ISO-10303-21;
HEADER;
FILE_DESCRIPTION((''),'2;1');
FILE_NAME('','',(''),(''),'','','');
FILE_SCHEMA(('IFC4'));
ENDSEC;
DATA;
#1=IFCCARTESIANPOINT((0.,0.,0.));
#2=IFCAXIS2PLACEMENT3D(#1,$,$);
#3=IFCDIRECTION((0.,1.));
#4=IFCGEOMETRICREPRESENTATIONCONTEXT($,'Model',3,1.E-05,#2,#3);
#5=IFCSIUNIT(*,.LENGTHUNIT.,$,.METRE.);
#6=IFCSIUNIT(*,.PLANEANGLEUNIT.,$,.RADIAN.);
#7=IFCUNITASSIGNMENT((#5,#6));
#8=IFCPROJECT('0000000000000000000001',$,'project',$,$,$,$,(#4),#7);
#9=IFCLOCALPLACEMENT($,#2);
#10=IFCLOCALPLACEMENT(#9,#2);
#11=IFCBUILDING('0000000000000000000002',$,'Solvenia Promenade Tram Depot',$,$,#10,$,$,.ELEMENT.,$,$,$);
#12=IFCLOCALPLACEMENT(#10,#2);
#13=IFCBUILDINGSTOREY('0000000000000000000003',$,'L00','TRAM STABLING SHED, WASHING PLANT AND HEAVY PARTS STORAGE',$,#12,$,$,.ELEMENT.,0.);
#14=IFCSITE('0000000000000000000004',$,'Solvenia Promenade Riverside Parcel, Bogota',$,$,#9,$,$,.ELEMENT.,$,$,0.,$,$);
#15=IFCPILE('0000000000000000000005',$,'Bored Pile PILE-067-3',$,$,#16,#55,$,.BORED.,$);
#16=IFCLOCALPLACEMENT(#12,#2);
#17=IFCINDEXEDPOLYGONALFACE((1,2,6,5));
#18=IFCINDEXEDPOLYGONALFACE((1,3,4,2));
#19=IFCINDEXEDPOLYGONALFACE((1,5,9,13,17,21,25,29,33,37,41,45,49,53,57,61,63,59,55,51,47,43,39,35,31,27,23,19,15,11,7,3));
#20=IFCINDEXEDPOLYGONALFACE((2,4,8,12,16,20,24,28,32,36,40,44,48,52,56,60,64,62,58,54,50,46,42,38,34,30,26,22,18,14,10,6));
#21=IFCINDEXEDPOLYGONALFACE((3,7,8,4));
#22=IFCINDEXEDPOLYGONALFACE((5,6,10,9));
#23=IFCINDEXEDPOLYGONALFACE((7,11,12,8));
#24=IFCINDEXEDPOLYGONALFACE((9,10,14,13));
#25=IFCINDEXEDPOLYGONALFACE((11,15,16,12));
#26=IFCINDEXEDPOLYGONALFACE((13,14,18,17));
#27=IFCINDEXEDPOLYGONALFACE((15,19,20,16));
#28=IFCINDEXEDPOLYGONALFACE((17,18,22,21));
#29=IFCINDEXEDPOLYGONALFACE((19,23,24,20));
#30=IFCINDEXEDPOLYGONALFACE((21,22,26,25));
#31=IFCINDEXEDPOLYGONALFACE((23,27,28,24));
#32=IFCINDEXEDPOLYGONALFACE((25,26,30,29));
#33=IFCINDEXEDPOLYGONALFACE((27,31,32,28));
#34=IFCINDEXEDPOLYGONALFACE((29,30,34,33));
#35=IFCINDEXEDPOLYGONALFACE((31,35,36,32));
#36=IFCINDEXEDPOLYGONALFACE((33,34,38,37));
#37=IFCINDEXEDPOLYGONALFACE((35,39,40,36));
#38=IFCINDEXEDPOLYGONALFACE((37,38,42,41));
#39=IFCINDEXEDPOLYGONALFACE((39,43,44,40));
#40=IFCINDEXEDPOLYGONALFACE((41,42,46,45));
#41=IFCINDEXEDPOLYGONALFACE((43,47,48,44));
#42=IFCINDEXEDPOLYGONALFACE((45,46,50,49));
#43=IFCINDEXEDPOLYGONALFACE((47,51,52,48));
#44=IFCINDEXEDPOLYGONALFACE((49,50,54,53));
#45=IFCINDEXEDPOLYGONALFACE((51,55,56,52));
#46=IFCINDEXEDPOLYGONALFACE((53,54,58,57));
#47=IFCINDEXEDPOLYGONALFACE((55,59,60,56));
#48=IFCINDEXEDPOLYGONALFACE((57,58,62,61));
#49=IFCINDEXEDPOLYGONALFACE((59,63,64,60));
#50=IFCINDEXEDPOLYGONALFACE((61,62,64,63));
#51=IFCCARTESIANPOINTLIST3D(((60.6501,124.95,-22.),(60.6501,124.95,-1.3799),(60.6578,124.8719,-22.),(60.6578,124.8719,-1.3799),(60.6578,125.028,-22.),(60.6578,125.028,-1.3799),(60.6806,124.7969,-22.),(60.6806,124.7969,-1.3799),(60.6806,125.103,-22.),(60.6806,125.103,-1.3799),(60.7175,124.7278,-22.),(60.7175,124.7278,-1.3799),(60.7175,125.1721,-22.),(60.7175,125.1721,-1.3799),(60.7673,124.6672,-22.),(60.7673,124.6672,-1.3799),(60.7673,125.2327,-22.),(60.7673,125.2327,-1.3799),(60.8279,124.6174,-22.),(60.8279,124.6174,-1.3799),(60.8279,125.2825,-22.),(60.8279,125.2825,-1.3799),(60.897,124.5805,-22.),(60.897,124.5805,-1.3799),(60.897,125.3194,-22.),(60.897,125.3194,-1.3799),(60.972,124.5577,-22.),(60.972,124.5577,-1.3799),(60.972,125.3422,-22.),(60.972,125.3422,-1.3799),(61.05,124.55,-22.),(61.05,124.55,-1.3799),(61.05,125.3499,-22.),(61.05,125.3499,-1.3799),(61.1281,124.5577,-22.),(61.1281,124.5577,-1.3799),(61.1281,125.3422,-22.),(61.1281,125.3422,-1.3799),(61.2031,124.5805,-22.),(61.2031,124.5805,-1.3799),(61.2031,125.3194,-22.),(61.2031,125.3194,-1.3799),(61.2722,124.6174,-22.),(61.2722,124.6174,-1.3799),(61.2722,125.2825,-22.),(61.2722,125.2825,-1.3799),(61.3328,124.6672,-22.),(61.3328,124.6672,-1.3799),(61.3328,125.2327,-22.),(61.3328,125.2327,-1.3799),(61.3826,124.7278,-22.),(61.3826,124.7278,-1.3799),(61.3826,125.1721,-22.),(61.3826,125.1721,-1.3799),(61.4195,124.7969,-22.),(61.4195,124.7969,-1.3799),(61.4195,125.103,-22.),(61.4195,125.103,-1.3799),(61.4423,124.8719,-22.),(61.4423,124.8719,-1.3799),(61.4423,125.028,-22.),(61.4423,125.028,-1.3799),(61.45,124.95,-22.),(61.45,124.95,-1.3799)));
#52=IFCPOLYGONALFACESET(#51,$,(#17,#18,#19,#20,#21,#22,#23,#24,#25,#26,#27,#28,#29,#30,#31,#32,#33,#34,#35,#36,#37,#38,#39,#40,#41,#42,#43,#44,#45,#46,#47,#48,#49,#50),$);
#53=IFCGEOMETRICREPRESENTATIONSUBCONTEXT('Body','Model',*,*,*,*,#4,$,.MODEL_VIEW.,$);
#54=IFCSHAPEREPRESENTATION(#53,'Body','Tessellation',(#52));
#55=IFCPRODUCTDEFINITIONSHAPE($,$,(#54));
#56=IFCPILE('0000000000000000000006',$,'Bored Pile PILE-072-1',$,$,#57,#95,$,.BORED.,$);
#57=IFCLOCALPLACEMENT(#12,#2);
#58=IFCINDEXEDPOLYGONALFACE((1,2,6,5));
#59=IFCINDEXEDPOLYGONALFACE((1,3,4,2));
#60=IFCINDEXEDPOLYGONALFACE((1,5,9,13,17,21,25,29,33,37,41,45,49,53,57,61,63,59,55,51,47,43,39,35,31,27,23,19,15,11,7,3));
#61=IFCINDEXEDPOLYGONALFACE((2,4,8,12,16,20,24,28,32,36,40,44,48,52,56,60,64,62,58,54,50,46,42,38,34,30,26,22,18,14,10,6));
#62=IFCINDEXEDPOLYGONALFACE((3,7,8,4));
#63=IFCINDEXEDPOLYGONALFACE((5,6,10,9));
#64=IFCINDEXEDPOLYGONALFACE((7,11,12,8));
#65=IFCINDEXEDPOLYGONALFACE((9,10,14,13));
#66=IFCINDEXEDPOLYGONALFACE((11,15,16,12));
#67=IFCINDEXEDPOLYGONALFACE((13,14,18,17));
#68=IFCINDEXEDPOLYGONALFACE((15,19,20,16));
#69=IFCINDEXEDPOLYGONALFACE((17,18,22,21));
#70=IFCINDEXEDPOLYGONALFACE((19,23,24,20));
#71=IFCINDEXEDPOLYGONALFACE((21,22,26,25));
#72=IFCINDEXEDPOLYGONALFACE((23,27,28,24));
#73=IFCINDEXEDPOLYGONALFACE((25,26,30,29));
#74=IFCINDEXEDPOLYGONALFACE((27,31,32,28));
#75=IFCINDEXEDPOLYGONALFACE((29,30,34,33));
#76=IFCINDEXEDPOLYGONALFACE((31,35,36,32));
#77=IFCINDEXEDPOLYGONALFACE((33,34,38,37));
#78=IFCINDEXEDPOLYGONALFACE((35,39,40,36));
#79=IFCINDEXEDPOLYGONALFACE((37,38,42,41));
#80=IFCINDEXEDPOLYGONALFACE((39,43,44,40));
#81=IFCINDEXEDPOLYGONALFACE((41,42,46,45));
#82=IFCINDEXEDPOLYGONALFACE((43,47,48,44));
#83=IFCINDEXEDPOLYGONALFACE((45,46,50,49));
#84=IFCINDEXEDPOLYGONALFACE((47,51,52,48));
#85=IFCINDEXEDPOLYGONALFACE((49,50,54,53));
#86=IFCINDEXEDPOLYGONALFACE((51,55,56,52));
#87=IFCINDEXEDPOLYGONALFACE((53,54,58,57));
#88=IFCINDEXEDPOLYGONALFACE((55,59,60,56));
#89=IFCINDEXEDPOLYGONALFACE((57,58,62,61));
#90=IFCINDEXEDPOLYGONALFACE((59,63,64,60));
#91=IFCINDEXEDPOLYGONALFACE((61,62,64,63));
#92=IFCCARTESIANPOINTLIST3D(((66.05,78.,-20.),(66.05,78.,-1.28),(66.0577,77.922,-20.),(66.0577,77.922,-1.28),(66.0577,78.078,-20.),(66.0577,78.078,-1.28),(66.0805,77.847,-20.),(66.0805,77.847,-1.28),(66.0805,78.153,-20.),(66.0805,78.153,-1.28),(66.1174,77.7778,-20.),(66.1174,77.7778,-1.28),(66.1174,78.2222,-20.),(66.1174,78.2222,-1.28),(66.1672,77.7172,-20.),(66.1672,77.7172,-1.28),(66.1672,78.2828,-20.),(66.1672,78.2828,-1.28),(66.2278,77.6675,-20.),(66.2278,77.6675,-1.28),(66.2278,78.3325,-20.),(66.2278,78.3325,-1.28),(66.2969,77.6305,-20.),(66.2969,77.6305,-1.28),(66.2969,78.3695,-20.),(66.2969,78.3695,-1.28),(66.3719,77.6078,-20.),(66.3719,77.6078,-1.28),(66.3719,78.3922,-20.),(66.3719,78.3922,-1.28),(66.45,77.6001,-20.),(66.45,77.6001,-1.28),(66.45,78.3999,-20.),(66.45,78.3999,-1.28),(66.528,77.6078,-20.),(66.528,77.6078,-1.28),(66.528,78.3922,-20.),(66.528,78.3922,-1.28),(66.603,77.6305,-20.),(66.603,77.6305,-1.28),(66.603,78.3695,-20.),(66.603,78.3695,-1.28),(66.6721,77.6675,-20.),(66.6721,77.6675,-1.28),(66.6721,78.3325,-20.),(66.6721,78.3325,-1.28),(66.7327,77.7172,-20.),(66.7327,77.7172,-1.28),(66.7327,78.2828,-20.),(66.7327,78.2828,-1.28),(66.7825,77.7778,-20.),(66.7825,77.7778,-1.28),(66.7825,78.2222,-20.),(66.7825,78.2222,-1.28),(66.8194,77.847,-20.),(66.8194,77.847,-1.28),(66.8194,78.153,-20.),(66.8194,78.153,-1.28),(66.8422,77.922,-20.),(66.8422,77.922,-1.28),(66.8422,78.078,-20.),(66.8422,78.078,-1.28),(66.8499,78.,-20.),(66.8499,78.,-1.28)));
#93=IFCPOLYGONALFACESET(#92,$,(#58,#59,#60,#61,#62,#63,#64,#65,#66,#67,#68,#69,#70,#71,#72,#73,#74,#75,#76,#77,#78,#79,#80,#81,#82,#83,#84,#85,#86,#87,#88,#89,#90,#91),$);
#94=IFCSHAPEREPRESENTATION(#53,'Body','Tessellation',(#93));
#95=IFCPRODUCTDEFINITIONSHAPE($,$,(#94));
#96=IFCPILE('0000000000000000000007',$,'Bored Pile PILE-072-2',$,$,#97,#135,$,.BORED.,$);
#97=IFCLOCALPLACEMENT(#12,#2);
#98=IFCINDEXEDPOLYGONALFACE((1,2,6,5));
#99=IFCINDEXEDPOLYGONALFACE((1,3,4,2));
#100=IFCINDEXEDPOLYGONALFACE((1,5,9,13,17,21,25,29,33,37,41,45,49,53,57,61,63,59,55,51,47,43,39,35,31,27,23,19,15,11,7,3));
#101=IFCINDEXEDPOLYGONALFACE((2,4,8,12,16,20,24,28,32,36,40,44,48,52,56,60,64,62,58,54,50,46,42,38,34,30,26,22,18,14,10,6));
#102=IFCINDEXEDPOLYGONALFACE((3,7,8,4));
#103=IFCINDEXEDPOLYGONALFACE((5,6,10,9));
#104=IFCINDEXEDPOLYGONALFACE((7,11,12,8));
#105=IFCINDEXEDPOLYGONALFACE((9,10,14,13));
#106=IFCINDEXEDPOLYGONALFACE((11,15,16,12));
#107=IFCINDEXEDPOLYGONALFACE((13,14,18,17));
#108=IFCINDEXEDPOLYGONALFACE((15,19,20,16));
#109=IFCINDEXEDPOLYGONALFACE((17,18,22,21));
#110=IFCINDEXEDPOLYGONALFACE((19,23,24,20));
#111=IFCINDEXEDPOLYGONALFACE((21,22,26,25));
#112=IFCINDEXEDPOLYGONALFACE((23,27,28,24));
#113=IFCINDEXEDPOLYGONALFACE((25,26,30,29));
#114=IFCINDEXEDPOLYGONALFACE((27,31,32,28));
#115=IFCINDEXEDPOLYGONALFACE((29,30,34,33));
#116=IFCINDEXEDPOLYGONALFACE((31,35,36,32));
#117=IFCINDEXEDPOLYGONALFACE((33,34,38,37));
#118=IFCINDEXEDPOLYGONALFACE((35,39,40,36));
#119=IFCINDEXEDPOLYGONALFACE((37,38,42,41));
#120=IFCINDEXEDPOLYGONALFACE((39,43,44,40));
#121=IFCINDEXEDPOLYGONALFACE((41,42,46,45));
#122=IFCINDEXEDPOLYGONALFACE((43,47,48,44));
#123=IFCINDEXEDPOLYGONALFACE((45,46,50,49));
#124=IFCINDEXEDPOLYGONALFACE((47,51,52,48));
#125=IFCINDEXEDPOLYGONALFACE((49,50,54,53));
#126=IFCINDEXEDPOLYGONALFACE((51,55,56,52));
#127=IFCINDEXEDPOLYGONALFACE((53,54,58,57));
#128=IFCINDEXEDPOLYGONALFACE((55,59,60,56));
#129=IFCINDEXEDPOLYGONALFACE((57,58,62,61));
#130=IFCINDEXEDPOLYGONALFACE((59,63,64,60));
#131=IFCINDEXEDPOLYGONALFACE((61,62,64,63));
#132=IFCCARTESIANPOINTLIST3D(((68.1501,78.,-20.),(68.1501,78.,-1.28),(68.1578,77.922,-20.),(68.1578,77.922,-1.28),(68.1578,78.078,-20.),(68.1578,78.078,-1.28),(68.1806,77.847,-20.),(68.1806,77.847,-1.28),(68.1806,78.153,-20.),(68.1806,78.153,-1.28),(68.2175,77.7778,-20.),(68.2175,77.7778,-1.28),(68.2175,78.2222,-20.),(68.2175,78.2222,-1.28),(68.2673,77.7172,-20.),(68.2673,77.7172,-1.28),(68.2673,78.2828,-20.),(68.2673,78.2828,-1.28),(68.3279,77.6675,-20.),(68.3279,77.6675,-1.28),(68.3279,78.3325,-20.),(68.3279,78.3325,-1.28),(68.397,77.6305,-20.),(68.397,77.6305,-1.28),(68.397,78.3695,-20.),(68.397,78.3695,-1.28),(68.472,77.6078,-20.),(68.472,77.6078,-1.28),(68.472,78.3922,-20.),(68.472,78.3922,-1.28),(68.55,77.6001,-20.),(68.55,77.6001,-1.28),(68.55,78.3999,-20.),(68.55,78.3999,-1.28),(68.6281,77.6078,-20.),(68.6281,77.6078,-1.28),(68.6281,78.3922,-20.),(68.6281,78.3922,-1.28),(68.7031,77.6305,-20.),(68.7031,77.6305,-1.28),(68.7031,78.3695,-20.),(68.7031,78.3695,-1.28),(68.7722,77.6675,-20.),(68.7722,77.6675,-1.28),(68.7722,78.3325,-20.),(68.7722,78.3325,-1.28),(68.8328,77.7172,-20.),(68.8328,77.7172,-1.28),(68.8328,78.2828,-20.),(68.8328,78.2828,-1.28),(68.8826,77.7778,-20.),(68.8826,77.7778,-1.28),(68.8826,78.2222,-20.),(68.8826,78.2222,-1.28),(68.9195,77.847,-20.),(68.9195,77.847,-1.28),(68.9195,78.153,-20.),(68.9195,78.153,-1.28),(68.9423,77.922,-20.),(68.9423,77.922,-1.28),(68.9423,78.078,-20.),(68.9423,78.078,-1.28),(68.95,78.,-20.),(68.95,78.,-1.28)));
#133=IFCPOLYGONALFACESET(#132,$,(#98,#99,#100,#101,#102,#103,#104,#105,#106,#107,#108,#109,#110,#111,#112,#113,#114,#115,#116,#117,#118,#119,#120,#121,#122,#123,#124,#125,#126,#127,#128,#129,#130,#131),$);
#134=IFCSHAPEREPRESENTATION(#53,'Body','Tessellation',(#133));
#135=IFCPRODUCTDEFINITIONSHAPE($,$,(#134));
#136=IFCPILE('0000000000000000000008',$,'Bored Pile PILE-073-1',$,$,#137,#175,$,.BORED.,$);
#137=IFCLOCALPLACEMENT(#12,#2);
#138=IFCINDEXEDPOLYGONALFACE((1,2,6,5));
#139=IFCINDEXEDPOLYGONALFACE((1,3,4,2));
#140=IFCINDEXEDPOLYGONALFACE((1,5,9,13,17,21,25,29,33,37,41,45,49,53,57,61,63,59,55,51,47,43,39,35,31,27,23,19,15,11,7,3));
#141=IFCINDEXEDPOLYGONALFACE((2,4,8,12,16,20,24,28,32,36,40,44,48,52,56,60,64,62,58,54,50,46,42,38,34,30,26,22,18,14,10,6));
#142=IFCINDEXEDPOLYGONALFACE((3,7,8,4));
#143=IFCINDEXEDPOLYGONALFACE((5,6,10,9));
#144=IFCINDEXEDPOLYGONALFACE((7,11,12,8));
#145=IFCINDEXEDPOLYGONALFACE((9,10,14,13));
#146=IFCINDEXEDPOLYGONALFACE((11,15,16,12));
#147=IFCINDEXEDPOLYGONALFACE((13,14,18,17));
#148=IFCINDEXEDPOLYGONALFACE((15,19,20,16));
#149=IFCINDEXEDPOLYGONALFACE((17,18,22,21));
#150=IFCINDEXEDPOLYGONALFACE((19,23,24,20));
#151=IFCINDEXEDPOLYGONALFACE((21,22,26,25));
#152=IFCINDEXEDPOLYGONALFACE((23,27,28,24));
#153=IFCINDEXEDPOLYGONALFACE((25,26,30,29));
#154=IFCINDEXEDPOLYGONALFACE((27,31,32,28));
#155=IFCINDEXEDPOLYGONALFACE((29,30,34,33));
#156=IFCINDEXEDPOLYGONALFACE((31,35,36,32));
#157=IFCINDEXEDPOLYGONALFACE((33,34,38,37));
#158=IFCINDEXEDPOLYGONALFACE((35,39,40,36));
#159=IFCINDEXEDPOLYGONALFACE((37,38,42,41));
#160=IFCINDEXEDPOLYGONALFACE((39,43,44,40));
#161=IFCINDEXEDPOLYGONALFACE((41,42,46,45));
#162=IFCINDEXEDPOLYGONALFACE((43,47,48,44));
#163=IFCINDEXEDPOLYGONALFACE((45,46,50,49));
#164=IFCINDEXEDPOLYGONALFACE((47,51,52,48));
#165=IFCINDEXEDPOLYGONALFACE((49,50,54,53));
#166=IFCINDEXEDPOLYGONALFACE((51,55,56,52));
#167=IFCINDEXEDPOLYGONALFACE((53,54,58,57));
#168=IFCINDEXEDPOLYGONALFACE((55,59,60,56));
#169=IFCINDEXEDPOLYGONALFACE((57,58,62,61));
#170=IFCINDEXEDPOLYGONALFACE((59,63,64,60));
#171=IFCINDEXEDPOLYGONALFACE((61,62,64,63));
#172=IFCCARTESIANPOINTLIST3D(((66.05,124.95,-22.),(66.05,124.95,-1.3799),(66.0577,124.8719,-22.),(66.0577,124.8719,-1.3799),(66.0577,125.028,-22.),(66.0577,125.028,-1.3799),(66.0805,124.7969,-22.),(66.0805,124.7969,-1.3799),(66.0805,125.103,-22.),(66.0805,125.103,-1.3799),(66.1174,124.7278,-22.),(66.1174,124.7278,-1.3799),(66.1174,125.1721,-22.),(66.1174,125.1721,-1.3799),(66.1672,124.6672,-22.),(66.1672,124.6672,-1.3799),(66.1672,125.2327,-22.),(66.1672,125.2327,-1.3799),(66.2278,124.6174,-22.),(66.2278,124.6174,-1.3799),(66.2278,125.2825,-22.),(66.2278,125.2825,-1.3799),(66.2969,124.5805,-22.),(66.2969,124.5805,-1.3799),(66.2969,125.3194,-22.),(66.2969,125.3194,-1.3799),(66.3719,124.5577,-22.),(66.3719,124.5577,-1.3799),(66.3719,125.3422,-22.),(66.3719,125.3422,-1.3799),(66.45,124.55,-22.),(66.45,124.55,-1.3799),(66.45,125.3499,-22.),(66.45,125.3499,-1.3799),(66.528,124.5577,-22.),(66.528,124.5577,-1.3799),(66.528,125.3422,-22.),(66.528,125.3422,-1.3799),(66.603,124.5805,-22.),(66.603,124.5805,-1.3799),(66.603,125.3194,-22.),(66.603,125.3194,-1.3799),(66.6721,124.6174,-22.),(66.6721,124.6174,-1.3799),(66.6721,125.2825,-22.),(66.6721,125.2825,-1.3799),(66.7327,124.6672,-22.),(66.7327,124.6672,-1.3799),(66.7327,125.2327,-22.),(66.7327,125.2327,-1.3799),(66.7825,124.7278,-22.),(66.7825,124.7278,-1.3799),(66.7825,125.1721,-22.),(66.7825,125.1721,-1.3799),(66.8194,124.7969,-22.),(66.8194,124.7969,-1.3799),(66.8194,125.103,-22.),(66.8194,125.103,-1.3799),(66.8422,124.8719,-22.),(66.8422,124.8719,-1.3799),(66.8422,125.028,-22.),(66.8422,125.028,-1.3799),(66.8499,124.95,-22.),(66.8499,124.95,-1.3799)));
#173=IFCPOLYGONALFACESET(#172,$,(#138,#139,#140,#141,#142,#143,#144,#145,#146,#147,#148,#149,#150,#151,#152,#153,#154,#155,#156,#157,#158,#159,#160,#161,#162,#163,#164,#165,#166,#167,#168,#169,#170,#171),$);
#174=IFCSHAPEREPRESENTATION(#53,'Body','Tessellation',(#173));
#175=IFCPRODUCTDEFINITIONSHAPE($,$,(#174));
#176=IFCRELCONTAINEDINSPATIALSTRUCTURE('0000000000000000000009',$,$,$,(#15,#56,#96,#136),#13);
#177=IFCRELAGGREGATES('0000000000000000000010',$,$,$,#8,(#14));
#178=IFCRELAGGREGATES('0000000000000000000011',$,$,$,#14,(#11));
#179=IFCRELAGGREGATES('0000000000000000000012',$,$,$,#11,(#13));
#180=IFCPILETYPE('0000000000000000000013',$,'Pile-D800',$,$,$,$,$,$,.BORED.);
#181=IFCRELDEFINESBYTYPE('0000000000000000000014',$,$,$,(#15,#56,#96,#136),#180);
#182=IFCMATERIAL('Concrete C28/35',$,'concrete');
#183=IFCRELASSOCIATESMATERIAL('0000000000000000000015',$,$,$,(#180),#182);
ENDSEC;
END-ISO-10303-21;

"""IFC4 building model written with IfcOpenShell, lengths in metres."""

from ifc_helpers import new_model, si_unit, direction, frame, origin, origin_2d, place, context, subcontext, project, spatial, circle, extrude, material, material_profile, profile_set, type_object, element, save


model = new_model("IFC4")

# Units and contexts
model_context = context("Model", 3, precision=1e-05, world=origin(), true_north=direction((0.0, 1.0)))
body_context = subcontext(model_context, "Body", "Model", "MODEL_VIEW")
ifc_project = project(units=[si_unit("LENGTHUNIT", "METRE"), si_unit("PLANEANGLEUNIT", "RADIAN")], contexts=[model_context])

# Site, building, storey
site_placement = place(None, origin())
site = spatial("IfcSite", under=ifc_project, at=site_placement, Name="Solvenia Promenade Riverside Parcel, Bogota", CompositionType="ELEMENT", RefElevation=0.0)
building_placement = place(site_placement, origin())
building = spatial("IfcBuilding", under=site, at=building_placement, Name="Solvenia Promenade Tram Depot", CompositionType="ELEMENT")
storey_placement = place(building_placement, origin())
storey = spatial("IfcBuildingStorey", under=building, at=storey_placement, Name="L00", Description="TRAM STABLING SHED, WASHING PLANT AND HEAVY PARTS STORAGE", CompositionType="ELEMENT", Elevation=0.0)

# Shared definitions
ifc_material_1 = material(Name="Concrete C28/35", Category="concrete")

# Piles
ifc_material_profile_1 = material_profile(ifc_material_1, circle(Radius=0.3999, at=origin_2d()), Name="D800", Category="concrete")
ifc_profile_set_1 = profile_set([ifc_material_profile_1], Name="Concrete C28/35")
pile_type = type_object("IfcPileType", Name="Pile-D800", PredefinedType="BORED", material=ifc_profile_set_1)
for number, where, z_axis, x_axis, name in (
    (1, (61.05, 124.95, -1.3799), (0.0, 0.0, -1.0), (1.0, 0.0, 0.0), "Bored Pile PILE-067-3"),
):
    element("IfcPile", number, at=place(storey_placement, frame(where, z_axis=z_axis, x_axis=x_axis)), inside=storey, type_object=pile_type, Name=name, PredefinedType="BORED", context=body_context, shape_type="SweptSolid", body=[
        extrude(circle(Radius=0.3999, at=origin_2d()), origin(), (0.0, 0.0, 1.0), 20.6201),
    ])
for number, where, z_axis, x_axis, name in (
    (2, (66.45, 78.0, -1.28), (0.0, 0.0, -1.0), (1.0, 0.0, 0.0), "Bored Pile PILE-072-1"),
    (3, (68.55, 78.0, -1.28), (0.0, 0.0, -1.0), (1.0, 0.0, 0.0), "Bored Pile PILE-072-2"),
):
    element("IfcPile", number, at=place(storey_placement, frame(where, z_axis=z_axis, x_axis=x_axis)), inside=storey, type_object=pile_type, Name=name, PredefinedType="BORED", context=body_context, shape_type="SweptSolid", body=[
        extrude(circle(Radius=0.3999, at=origin_2d()), origin(), (0.0, 0.0, 1.0), 18.72),
    ])
for number, where, z_axis, x_axis, name in (
    (4, (66.45, 124.95, -1.3799), (0.0, 0.0, -1.0), (1.0, 0.0, 0.0), "Bored Pile PILE-073-1"),
):
    element("IfcPile", number, at=place(storey_placement, frame(where, z_axis=z_axis, x_axis=x_axis)), inside=storey, type_object=pile_type, Name=name, PredefinedType="BORED", context=body_context, shape_type="SweptSolid", body=[
        extrude(circle(Radius=0.3999, at=origin_2d()), origin(), (0.0, 0.0, 1.0), 20.6201),
    ])

save(model, "model.ifc")
